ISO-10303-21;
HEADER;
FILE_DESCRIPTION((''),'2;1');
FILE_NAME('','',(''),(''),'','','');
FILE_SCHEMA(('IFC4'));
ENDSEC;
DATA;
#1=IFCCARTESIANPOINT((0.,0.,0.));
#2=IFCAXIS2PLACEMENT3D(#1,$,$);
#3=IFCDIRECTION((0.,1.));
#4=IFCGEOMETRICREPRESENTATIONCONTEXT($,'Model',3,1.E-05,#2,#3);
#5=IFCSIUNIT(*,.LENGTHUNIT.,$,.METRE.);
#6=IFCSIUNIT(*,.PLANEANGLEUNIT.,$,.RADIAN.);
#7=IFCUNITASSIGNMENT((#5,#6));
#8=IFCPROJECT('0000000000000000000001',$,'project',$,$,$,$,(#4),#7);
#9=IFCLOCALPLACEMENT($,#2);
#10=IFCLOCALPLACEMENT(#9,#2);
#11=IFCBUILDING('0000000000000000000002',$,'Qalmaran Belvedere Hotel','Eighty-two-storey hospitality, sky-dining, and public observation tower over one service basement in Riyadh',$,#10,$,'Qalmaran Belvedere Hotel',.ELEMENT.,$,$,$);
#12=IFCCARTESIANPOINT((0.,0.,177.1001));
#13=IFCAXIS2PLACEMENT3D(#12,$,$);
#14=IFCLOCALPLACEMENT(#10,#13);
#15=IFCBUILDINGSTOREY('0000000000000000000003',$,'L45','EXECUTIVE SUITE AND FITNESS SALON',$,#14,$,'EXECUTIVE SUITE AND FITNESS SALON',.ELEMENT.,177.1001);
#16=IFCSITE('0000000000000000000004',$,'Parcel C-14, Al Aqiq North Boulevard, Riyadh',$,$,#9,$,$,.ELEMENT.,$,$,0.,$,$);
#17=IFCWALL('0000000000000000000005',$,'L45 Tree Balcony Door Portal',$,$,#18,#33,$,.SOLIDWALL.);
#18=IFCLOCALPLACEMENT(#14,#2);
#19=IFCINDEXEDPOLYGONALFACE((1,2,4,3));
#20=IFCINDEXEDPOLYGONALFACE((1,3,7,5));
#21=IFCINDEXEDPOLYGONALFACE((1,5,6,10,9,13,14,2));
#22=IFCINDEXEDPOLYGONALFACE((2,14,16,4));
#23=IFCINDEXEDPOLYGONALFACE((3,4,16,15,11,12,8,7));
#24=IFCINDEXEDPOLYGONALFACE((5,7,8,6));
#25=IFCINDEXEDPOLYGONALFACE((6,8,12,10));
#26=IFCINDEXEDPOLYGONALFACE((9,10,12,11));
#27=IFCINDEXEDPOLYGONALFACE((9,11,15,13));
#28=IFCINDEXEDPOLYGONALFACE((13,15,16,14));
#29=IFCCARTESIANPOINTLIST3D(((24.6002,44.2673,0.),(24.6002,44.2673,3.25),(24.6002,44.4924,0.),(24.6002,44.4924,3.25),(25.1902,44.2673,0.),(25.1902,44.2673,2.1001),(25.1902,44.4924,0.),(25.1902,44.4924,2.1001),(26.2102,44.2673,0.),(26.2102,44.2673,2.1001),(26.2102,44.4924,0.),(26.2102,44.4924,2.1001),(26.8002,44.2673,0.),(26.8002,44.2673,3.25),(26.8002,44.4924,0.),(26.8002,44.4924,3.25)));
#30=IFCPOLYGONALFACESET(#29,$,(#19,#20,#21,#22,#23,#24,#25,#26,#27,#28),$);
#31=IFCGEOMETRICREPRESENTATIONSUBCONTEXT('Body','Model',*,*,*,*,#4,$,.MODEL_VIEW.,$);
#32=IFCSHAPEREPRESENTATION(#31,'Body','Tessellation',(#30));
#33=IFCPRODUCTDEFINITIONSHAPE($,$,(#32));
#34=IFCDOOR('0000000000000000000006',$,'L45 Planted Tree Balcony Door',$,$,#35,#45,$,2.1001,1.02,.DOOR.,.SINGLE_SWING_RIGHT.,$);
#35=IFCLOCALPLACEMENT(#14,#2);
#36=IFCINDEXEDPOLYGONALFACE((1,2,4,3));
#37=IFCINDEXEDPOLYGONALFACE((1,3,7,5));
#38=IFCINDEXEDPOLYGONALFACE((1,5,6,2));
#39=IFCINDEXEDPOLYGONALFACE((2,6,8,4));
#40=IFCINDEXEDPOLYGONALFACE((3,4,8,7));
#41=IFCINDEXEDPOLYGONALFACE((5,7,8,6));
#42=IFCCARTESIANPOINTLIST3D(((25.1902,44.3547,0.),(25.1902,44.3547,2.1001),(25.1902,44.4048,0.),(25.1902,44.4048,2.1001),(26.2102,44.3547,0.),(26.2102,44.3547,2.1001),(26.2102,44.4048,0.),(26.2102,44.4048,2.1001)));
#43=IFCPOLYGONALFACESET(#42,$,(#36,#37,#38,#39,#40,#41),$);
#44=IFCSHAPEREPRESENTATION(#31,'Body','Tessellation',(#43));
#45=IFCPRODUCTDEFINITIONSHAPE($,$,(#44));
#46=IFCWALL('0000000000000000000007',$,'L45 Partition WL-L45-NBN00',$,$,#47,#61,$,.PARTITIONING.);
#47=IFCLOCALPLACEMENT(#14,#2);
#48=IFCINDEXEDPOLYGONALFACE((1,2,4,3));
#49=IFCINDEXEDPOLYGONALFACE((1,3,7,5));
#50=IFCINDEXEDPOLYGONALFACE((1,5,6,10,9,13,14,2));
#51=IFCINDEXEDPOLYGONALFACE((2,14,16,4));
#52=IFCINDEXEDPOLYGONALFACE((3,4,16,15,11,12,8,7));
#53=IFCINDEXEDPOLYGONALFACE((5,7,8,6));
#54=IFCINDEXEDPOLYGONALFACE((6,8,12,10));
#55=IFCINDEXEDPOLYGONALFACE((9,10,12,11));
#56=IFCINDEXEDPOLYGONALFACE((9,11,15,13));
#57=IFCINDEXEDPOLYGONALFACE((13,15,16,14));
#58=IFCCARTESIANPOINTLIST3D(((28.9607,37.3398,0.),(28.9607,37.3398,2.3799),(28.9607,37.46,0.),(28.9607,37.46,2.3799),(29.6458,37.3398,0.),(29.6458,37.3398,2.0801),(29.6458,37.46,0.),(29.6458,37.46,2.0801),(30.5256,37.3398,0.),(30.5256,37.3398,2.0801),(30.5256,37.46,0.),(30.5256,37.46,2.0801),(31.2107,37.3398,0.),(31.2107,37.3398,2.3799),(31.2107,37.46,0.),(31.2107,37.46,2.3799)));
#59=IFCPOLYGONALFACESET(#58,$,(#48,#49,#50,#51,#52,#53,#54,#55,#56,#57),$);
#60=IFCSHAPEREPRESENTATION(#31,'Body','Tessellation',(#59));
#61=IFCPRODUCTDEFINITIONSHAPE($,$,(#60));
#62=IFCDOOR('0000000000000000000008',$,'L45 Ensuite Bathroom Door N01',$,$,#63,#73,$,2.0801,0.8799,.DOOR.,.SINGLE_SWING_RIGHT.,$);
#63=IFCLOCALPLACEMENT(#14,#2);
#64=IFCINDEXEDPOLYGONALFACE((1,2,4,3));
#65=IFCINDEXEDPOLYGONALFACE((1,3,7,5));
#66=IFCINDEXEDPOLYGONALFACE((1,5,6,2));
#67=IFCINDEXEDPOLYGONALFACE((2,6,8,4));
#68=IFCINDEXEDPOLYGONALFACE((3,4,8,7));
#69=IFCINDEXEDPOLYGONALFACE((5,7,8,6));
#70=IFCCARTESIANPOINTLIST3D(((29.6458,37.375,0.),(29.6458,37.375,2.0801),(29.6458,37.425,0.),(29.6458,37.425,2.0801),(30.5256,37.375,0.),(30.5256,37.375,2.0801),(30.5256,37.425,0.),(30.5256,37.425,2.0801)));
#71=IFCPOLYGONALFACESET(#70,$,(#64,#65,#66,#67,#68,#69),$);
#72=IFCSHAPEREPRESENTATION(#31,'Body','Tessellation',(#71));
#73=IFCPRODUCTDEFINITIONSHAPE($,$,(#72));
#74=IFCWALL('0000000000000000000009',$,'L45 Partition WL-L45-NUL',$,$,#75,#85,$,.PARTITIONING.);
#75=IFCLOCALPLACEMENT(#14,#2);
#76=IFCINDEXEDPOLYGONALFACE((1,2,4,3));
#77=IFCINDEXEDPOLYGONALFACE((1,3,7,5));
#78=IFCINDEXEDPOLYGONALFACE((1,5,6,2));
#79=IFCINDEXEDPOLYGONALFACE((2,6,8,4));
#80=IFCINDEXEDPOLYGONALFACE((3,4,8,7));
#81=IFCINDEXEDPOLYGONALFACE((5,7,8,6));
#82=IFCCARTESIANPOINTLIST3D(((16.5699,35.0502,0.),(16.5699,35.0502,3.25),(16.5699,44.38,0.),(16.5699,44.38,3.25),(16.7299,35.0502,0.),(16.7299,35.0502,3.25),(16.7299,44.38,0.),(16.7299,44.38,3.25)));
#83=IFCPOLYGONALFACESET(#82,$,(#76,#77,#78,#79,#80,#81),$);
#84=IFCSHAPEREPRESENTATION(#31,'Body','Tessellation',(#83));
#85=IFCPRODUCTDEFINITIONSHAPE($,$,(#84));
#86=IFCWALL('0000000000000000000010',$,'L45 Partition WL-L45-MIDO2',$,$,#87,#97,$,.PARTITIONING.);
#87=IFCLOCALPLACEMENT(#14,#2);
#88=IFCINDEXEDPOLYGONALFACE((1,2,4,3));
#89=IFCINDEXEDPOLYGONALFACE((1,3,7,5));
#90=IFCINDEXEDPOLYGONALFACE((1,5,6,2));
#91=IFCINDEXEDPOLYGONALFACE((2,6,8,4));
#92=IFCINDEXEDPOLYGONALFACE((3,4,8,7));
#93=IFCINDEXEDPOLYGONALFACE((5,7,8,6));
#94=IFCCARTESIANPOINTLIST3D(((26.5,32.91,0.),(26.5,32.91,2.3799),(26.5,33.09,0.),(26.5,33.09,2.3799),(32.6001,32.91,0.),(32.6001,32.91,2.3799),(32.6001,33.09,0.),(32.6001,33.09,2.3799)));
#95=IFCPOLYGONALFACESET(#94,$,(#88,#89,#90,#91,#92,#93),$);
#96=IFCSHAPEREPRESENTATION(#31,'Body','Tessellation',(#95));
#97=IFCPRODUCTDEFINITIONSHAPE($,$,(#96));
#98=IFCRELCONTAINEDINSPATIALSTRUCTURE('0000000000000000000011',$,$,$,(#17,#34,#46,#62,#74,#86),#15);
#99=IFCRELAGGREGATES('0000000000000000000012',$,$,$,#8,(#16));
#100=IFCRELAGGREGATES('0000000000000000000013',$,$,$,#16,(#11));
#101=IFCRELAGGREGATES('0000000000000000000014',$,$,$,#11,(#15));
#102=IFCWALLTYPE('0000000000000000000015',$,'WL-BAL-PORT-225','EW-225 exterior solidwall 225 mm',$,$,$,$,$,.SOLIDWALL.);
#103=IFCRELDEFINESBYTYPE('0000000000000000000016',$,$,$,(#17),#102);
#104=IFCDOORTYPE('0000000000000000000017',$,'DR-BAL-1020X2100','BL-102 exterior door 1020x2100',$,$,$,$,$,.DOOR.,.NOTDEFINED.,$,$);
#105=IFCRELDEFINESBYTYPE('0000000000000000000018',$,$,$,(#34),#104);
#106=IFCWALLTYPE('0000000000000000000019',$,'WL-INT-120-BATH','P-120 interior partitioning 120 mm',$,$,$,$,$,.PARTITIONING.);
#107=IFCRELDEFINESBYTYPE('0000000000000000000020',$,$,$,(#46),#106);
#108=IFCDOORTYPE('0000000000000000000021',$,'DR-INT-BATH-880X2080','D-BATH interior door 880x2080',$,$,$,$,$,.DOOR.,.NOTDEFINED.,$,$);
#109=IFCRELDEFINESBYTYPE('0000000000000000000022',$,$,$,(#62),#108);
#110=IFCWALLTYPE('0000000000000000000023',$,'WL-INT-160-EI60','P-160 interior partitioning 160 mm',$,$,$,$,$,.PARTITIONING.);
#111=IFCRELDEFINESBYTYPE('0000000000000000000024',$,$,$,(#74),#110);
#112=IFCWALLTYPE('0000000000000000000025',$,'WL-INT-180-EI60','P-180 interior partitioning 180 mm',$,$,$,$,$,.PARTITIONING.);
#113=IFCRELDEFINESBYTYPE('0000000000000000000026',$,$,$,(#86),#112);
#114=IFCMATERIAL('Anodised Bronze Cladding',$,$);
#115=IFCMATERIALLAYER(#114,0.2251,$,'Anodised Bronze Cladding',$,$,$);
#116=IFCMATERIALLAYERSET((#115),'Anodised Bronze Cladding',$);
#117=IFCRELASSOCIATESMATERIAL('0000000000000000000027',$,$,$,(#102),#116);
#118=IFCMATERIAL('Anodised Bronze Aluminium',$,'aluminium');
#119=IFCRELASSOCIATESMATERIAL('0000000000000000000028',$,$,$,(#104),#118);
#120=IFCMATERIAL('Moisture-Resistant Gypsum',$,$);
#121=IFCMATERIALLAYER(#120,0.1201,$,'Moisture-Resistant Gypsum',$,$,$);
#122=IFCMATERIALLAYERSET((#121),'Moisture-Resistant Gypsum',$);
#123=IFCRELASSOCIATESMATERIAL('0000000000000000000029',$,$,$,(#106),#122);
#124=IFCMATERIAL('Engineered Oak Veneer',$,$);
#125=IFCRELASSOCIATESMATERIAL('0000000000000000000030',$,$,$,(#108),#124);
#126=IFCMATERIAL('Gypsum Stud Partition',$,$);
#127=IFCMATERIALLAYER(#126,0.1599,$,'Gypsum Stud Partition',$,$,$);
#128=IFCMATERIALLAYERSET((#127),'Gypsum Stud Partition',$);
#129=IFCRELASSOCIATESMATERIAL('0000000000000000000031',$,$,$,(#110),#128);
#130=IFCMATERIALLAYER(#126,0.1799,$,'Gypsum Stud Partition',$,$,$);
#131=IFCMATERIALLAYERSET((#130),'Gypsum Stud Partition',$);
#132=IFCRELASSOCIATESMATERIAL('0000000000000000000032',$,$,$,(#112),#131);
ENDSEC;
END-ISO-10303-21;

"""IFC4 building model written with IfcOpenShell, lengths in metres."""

from ifc_helpers import new_model, si_unit, direction, frame, frame_2d, origin, place, context, subcontext, project, spatial, rectangle, extrude, material, layer, layer_set, type_object, element, fill, save


model = new_model("IFC4")

# Units and contexts
model_context = context("Model", 3, precision=1e-05, world=origin(), true_north=direction((0.0, 1.0)))
body_context = subcontext(model_context, "Body", "Model", "MODEL_VIEW")
ifc_project = project(units=[si_unit("LENGTHUNIT", "METRE"), si_unit("PLANEANGLEUNIT", "RADIAN")], contexts=[model_context])

# Site, building, storey
site_placement = place(None, origin())
site = spatial("IfcSite", under=ifc_project, at=site_placement, Name="Parcel C-14, Al Aqiq North Boulevard, Riyadh", CompositionType="ELEMENT", RefElevation=0.0)
building_placement = place(site_placement, origin())
building = spatial("IfcBuilding", under=site, at=building_placement, Name="Qalmaran Belvedere Hotel", Description="Eighty-two-storey hospitality, sky-dining, and public observation tower over one service basement in Riyadh", LongName="Qalmaran Belvedere Hotel", CompositionType="ELEMENT")
storey_placement = place(building_placement, frame((0.0, 0.0, 177.1001)))
storey = spatial("IfcBuildingStorey", under=building, at=storey_placement, Name="L45", Description="EXECUTIVE SUITE AND FITNESS SALON", LongName="EXECUTIVE SUITE AND FITNESS SALON", CompositionType="ELEMENT", Elevation=177.1001)

# Shared definitions
ifc_material_1 = material(Name="Anodised Bronze Aluminium", Category="aluminium")

# Walls, openings, doors
ifc_material_2 = material(Name="Anodised Bronze Cladding")
ifc_layer_1 = layer(ifc_material_2, 0.2251, Name="Anodised Bronze Cladding")
ifc_layer_set_1 = layer_set([ifc_layer_1], Name="Anodised Bronze Cladding")
wall_type_1 = type_object("IfcWallType", Name="WL-BAL-PORT-225", Description="EW-225 exterior solidwall 225 mm", PredefinedType="SOLIDWALL", material=ifc_layer_set_1)
wall_1_placement = place(storey_placement, frame((24.6001, 44.3799, 0.0), z_axis=(0.0, 0.0, 1.0), x_axis=(1.0, 0.0, 0.0)))
wall_1 = element("IfcWall", 1, at=wall_1_placement, inside=storey, type_object=wall_type_1, Name="L45 Tree Balcony Door Portal", PredefinedType="SOLIDWALL", context=body_context, shape_type="SweptSolid", body=[
    extrude(rectangle(XDim=2.2, YDim=0.2251, at=frame_2d((1.1001, 0.0))), origin(), (0.0, 0.0, 1.0), 3.25),
])
opening_1_placement = place(wall_1_placement, frame((0.5901, 0.0, 0.0)))
opening_1 = element("IfcOpeningElement", 2, at=opening_1_placement, cuts=wall_1, PredefinedType="OPENING", context=body_context, shape_type="SweptSolid", body=[
    extrude(rectangle(XDim=1.02, YDim=2.1001, at=frame_2d((0.51, 1.05))), frame((0.0, 0.1226, 0.0), z_axis=(0.0, -1.0, 0.0), x_axis=(1.0, 0.0, 0.0)), (0.0, 0.0, 1.0), 0.2451),
])
door_type_1 = type_object("IfcDoorType", Name="DR-BAL-1020X2100", Description="BL-102 exterior door 1020x2100", OperationType="NOTDEFINED", PredefinedType="DOOR", material=ifc_material_1)
door_1_placement = place(opening_1_placement, origin())
door_1 = element("IfcDoor", 3, at=door_1_placement, inside=storey, type_object=door_type_1, Name="L45 Planted Tree Balcony Door", OperationType="SINGLE_SWING_RIGHT", OverallHeight=2.1001, OverallWidth=1.02, PredefinedType="DOOR", context=body_context, shape_type="SweptSolid", body=[
    extrude(rectangle(XDim=1.02, YDim=2.1001, at=frame_2d((0.51, 1.05))), frame((0.0, 0.0249, 0.0), z_axis=(0.0, -1.0, 0.0), x_axis=(1.0, 0.0, 0.0)), (0.0, 0.0, 1.0), 0.05),
])
fill(opening_1, door_1)
ifc_material_3 = material(Name="Moisture-Resistant Gypsum")
ifc_layer_2 = layer(ifc_material_3, 0.1201, Name="Moisture-Resistant Gypsum")
ifc_layer_set_2 = layer_set([ifc_layer_2], Name="Moisture-Resistant Gypsum")
wall_type_2 = type_object("IfcWallType", Name="WL-INT-120-BATH", Description="P-120 interior partitioning 120 mm", PredefinedType="PARTITIONING", material=ifc_layer_set_2)
wall_2_placement = place(storey_placement, frame((28.9607, 37.3999, 0.0), z_axis=(0.0, 0.0, 1.0), x_axis=(1.0, 0.0, 0.0)))
wall_2 = element("IfcWall", 4, at=wall_2_placement, inside=storey, type_object=wall_type_2, Name="L45 Partition WL-L45-NBN00", PredefinedType="PARTITIONING", context=body_context, shape_type="SweptSolid", body=[
    extrude(rectangle(XDim=2.25, YDim=0.1201, at=frame_2d((1.125, 0.0))), origin(), (0.0, 0.0, 1.0), 2.3799),
])
opening_2_placement = place(wall_2_placement, frame((1.5649, 0.0, 0.0), z_axis=(0.0, 0.0, 1.0), x_axis=(-1.0, 0.0, 0.0)))
opening_2 = element("IfcOpeningElement", 5, at=opening_2_placement, cuts=wall_2, PredefinedType="OPENING", context=body_context, shape_type="SweptSolid", body=[
    extrude(rectangle(XDim=0.8799, YDim=2.0801, at=frame_2d((0.4399, 1.04))), frame((0.0, 0.0701, 0.0), z_axis=(0.0, -1.0, 0.0), x_axis=(1.0, 0.0, 0.0)), (0.0, 0.0, 1.0), 0.1401),
])
ifc_material_4 = material(Name="Engineered Oak Veneer")
door_type_2 = type_object("IfcDoorType", Name="DR-INT-BATH-880X2080", Description="D-BATH interior door 880x2080", OperationType="NOTDEFINED", PredefinedType="DOOR", material=ifc_material_4)
door_2_placement = place(opening_2_placement, origin())
door_2 = element("IfcDoor", 6, at=door_2_placement, inside=storey, type_object=door_type_2, Name="L45 Ensuite Bathroom Door N01", OperationType="SINGLE_SWING_RIGHT", OverallHeight=2.0801, OverallWidth=0.8799, PredefinedType="DOOR", context=body_context, shape_type="SweptSolid", body=[
    extrude(rectangle(XDim=0.8799, YDim=2.0801, at=frame_2d((0.4399, 1.04))), frame((0.0, 0.0249, 0.0), z_axis=(0.0, -1.0, 0.0), x_axis=(1.0, 0.0, 0.0)), (0.0, 0.0, 1.0), 0.05),
])
fill(opening_2, door_2)

# Walls
ifc_material_5 = material(Name="Gypsum Stud Partition")
ifc_layer_3 = layer(ifc_material_5, 0.1599, Name="Gypsum Stud Partition")
ifc_layer_set_3 = layer_set([ifc_layer_3], Name="Gypsum Stud Partition")
wall_type_3 = type_object("IfcWallType", Name="WL-INT-160-EI60", Description="P-160 interior partitioning 160 mm", PredefinedType="PARTITIONING", material=ifc_layer_set_3)
wall_3_placement = place(storey_placement, frame((16.6499, 35.05, 0.0), z_axis=(0.0, 0.0, 1.0), x_axis=(0.0, 1.0, 0.0)))
element("IfcWall", 7, at=wall_3_placement, inside=storey, type_object=wall_type_3, Name="L45 Partition WL-L45-NUL", PredefinedType="PARTITIONING", context=body_context, shape_type="SweptSolid", body=[
    extrude(rectangle(XDim=9.3298, YDim=0.1599, at=frame_2d((4.665, 0.0))), origin(), (0.0, 0.0, 1.0), 3.25),
])
ifc_layer_4 = layer(ifc_material_5, 0.1799, Name="Gypsum Stud Partition")
ifc_layer_set_4 = layer_set([ifc_layer_4], Name="Gypsum Stud Partition")
wall_type_4 = type_object("IfcWallType", Name="WL-INT-180-EI60", Description="P-180 interior partitioning 180 mm", PredefinedType="PARTITIONING", material=ifc_layer_set_4)
wall_4_placement = place(storey_placement, frame((26.5, 33.0, 0.0), z_axis=(0.0, 0.0, 1.0), x_axis=(1.0, 0.0, 0.0)))
element("IfcWall", 8, at=wall_4_placement, inside=storey, type_object=wall_type_4, Name="L45 Partition WL-L45-MIDO2", PredefinedType="PARTITIONING", context=body_context, shape_type="SweptSolid", body=[
    extrude(rectangle(XDim=6.1001, YDim=0.1799, at=frame_2d((3.05, 0.0))), origin(), (0.0, 0.0, 1.0), 2.3799),
])

save(model, "model.ifc")
